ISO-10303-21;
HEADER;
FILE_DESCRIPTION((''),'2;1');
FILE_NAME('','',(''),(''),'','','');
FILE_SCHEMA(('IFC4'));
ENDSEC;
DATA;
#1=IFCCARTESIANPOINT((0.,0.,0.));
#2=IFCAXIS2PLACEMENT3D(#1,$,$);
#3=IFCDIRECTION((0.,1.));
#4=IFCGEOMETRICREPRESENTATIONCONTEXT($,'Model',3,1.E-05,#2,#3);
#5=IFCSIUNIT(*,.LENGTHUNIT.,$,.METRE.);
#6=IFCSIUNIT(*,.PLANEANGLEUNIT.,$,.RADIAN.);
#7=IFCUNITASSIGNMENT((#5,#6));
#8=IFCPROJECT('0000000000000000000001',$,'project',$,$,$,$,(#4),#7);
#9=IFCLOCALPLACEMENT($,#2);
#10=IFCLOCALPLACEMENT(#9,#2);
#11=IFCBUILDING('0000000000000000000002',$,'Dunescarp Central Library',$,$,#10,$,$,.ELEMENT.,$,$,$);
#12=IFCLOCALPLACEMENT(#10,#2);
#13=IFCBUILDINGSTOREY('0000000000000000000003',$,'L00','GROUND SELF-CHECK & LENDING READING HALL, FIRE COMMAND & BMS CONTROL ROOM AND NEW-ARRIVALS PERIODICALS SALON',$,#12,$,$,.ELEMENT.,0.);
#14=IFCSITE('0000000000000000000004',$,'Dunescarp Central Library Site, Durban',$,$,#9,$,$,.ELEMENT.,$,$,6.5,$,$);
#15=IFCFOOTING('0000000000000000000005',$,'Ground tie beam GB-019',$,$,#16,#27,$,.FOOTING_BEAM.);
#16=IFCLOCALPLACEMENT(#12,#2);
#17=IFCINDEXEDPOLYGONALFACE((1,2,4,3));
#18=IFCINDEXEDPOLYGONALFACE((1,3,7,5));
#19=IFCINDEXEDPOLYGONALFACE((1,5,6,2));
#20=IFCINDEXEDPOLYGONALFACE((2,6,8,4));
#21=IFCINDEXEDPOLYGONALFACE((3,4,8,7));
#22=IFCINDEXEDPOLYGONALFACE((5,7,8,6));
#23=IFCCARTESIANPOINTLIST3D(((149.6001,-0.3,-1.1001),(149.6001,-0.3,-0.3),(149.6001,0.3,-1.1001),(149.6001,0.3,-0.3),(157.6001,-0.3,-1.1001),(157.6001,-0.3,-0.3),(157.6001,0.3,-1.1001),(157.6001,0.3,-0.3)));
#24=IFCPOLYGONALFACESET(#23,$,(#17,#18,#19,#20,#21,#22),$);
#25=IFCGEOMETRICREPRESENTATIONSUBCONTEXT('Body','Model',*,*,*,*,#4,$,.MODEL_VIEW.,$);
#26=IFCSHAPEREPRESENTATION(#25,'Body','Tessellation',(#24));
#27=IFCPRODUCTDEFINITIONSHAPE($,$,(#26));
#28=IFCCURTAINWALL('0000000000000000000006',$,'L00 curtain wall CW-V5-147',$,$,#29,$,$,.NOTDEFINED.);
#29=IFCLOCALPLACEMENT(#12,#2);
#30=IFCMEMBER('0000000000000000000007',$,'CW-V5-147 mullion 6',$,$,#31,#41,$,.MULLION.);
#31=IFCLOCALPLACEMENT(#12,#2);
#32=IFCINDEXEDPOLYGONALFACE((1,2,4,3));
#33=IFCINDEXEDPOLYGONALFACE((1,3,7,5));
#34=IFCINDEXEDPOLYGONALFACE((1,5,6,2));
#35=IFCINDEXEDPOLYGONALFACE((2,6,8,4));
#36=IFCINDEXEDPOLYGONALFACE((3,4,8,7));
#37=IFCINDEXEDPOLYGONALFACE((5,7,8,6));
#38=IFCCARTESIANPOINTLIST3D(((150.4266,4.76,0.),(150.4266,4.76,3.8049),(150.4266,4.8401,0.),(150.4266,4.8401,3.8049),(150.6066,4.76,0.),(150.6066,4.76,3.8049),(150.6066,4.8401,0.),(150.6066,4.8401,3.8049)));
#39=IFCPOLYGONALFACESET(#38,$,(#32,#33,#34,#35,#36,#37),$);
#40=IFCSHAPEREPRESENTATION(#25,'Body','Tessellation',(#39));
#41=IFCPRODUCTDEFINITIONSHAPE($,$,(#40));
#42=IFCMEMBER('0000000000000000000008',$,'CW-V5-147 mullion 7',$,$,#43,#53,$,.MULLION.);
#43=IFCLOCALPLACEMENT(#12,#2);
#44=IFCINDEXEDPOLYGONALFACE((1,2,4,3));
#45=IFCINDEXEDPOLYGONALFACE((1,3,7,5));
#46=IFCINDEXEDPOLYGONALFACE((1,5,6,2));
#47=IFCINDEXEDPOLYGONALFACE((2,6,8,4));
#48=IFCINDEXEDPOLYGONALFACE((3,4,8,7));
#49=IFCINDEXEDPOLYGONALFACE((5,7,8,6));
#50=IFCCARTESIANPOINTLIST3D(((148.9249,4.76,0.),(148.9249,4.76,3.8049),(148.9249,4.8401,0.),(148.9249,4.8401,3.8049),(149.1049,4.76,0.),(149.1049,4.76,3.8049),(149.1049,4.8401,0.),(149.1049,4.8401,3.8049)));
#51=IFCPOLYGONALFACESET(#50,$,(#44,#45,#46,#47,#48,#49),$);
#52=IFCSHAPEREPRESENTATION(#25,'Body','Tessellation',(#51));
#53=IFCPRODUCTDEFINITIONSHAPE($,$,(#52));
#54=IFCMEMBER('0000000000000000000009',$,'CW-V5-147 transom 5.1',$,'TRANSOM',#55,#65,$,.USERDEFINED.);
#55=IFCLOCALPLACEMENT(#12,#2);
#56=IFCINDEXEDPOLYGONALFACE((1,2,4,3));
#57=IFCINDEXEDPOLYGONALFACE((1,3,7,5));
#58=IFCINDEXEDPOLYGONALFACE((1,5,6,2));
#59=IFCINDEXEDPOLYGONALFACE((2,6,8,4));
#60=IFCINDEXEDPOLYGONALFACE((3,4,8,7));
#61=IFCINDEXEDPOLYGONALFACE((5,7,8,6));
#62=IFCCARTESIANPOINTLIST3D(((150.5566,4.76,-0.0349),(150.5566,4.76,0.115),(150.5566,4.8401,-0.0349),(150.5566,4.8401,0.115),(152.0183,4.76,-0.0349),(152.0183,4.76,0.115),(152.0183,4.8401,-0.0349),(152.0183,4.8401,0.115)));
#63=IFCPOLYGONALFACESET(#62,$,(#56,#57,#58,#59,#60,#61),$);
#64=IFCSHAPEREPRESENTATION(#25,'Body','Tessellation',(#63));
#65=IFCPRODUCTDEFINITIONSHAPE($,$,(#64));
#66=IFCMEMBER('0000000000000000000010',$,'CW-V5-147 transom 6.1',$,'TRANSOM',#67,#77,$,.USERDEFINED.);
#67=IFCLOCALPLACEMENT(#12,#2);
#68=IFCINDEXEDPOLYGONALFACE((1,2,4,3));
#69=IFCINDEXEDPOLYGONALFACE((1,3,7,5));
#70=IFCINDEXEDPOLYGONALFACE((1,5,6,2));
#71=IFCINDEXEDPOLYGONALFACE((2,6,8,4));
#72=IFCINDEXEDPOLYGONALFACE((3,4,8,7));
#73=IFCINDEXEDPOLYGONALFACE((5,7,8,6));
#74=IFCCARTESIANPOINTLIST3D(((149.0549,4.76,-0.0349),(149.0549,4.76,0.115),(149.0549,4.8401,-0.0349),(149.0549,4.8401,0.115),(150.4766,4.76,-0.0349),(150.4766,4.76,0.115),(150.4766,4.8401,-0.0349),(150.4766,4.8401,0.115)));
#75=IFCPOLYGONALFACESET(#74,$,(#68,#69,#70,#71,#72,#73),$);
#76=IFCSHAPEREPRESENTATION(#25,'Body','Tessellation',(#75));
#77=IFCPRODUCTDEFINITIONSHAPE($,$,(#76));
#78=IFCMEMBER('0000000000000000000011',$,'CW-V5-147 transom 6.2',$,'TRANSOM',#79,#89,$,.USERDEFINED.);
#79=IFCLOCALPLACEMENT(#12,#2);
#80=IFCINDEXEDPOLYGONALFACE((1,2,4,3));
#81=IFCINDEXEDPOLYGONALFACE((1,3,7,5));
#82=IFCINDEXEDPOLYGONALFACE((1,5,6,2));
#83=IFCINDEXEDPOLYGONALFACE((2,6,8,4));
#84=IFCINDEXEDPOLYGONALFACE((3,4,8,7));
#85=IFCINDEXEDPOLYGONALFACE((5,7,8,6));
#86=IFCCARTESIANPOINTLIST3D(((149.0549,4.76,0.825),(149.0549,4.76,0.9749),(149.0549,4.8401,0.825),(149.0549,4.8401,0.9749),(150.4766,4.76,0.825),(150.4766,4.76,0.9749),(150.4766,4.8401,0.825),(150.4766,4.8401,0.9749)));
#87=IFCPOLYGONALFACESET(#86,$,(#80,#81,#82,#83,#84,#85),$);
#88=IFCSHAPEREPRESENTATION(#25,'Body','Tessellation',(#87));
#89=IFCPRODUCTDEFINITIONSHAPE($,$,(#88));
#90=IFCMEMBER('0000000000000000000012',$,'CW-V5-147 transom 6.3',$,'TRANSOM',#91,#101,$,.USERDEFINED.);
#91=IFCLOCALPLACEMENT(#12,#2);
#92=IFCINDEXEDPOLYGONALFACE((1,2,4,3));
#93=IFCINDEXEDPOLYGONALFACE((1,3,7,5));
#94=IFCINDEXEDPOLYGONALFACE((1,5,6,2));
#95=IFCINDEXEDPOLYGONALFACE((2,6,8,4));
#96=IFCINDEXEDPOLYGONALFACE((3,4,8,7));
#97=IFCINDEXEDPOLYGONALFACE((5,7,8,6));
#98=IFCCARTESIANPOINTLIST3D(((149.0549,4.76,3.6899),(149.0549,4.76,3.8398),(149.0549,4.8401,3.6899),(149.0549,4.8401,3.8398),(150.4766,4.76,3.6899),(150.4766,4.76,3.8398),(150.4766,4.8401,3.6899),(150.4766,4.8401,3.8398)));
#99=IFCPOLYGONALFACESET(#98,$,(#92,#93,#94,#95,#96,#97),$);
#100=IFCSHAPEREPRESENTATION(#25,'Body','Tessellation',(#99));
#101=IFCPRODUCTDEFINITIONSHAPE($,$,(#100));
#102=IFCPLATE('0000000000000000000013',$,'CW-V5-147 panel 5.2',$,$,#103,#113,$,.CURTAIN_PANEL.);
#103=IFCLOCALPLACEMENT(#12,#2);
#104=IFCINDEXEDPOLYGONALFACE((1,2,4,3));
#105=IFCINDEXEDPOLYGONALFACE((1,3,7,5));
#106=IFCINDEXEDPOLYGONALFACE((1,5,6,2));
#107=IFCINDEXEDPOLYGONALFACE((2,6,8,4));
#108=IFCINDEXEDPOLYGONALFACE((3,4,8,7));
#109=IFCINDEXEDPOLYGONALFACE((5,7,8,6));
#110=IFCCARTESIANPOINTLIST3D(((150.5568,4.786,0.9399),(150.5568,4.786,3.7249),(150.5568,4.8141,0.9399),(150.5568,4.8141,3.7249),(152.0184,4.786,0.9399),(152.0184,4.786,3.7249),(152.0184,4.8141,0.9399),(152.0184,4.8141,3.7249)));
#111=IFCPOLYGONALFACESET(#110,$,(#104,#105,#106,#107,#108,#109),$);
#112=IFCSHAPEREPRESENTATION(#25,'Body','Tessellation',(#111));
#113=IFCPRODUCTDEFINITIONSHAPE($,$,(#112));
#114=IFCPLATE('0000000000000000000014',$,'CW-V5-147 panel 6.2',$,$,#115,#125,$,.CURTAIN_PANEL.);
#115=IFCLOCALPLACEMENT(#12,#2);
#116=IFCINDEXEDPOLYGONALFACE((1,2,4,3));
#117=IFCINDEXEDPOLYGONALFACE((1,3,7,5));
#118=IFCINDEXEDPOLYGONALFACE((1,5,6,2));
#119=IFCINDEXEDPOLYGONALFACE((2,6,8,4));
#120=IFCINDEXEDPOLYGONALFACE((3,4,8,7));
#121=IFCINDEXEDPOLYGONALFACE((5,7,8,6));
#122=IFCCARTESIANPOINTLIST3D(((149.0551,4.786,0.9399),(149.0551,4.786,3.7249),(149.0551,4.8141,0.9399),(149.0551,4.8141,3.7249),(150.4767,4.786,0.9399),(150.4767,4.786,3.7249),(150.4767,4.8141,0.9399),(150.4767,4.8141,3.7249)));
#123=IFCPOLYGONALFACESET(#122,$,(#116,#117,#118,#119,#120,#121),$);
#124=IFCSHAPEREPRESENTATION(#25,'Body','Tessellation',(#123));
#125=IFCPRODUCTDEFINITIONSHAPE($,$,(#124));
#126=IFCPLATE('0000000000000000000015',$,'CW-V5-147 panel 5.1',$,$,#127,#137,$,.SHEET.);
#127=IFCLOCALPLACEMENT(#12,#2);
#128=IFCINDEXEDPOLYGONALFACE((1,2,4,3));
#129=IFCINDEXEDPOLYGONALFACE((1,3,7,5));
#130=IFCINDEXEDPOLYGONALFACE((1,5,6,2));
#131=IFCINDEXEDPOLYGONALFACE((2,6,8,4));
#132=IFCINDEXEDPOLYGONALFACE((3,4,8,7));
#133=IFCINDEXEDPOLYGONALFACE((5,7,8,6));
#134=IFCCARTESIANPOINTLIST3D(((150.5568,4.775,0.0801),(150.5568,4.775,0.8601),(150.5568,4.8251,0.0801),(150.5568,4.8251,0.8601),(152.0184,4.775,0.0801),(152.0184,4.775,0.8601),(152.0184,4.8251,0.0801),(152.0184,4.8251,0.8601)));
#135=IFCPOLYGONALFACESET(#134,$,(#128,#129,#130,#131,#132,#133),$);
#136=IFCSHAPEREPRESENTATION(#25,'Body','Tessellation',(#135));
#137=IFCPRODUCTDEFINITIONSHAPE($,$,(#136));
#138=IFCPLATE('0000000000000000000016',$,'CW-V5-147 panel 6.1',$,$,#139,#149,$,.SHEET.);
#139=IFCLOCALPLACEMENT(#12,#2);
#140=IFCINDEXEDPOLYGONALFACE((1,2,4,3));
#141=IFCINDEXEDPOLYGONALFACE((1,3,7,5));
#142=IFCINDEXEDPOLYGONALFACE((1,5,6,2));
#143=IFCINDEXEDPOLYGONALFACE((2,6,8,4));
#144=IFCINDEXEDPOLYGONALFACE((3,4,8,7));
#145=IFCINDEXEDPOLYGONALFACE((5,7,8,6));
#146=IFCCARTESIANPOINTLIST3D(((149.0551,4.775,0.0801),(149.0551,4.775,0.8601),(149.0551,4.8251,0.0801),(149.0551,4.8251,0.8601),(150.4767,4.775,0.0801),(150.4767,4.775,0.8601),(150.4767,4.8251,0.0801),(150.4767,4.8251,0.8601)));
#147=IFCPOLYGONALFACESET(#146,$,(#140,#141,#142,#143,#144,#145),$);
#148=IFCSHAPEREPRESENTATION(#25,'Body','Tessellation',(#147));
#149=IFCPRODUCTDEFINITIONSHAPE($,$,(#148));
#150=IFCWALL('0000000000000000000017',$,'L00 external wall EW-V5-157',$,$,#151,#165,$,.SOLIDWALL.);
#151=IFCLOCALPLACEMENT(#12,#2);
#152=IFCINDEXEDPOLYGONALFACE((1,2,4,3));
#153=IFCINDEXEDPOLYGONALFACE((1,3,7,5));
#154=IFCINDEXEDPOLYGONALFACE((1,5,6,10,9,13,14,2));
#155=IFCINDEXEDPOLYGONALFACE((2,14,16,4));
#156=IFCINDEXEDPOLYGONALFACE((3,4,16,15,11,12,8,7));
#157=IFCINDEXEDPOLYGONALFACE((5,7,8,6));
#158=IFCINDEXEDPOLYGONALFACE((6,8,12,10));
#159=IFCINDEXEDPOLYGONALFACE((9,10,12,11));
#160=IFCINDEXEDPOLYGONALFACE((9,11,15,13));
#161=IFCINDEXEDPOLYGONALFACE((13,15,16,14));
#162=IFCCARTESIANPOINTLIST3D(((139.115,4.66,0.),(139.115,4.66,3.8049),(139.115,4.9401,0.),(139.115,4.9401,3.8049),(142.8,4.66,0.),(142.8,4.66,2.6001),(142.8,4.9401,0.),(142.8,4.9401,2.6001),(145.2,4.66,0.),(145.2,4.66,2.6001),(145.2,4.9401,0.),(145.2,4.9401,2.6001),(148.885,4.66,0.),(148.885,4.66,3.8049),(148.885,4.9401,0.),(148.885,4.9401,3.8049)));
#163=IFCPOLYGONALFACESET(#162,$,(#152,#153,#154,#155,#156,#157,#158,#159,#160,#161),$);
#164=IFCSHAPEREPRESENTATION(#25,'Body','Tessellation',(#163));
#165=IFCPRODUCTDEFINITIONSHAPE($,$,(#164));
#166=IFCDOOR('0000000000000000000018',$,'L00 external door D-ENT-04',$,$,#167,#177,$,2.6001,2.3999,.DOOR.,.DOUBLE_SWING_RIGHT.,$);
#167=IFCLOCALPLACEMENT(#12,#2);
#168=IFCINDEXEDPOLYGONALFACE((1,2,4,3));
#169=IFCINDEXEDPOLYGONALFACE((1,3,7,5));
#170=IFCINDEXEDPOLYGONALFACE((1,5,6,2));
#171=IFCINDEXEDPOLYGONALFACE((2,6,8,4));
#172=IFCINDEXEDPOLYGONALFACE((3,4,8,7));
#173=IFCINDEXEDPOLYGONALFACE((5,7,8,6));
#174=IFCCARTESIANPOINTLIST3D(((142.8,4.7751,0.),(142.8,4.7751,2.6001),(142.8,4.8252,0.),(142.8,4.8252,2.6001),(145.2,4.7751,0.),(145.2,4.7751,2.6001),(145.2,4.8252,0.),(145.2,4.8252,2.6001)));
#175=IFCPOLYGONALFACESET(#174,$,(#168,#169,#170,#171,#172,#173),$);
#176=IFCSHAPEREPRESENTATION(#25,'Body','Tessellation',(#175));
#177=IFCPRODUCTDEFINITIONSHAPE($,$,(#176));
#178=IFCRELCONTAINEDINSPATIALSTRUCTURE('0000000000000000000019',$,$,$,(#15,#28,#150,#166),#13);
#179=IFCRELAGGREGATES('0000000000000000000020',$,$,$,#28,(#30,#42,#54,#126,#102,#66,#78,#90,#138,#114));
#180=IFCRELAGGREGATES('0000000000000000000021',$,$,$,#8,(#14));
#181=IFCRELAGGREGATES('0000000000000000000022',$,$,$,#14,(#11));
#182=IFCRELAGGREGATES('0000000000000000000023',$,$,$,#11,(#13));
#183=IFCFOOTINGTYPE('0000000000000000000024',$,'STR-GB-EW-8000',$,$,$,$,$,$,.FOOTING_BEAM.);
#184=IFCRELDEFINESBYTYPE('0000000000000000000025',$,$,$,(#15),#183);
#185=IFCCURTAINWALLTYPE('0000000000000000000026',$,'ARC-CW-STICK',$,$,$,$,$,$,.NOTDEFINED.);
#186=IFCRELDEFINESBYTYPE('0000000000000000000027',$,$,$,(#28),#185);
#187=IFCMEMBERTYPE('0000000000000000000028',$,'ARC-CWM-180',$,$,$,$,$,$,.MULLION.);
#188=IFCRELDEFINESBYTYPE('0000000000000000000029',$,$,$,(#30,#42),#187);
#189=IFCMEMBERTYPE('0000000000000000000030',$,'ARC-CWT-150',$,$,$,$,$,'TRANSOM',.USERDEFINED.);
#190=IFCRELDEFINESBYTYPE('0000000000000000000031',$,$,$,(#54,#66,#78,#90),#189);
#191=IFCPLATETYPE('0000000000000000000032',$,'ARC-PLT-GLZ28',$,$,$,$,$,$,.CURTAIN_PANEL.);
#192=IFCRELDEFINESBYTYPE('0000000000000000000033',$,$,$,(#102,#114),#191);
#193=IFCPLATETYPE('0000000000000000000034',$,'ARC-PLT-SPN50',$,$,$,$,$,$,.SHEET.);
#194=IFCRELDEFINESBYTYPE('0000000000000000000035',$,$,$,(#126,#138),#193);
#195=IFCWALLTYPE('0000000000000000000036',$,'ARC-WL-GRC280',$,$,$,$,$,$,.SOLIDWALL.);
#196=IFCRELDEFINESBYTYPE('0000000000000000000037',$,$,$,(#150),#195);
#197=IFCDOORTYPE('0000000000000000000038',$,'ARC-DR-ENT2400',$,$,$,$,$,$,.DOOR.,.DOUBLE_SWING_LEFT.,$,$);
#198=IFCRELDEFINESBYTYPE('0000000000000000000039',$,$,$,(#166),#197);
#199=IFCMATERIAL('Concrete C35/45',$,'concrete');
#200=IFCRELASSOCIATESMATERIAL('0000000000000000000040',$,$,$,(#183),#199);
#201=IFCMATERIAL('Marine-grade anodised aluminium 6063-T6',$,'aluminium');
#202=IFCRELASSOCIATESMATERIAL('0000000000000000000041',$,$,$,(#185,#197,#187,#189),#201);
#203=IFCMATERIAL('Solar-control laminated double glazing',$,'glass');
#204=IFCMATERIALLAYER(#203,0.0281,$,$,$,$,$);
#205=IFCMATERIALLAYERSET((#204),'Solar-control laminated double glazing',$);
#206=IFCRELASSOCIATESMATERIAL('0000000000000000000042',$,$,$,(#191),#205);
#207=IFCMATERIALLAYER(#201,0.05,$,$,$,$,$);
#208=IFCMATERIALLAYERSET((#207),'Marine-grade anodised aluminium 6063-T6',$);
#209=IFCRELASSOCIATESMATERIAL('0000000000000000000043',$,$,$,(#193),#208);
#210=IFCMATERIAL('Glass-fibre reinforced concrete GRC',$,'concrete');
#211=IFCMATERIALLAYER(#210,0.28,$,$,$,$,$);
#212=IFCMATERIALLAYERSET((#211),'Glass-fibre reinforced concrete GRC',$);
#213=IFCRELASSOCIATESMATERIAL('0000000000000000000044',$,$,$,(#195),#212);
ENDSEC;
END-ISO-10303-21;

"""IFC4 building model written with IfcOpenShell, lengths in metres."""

from ifc_helpers import new_model, si_unit, direction, frame, frame_2d, origin, origin_2d, place, context, subcontext, project, spatial, rectangle, extrude, material, layer, layer_set, material_profile, profile_set, type_object, element, fill, aggregate, save


model = new_model("IFC4")

# Units and contexts
model_context = context("Model", 3, precision=1e-05, world=origin(), true_north=direction((0.0, 1.0)))
body_context = subcontext(model_context, "Body", "Model", "MODEL_VIEW")
ifc_project = project(units=[si_unit("LENGTHUNIT", "METRE"), si_unit("PLANEANGLEUNIT", "RADIAN")], contexts=[model_context])

# Site, building, storey
site_placement = place(None, origin())
site = spatial("IfcSite", under=ifc_project, at=site_placement, Name="Dunescarp Central Library Site, Durban", CompositionType="ELEMENT", RefElevation=6.5)
building_placement = place(site_placement, origin())
building = spatial("IfcBuilding", under=site, at=building_placement, Name="Dunescarp Central Library", CompositionType="ELEMENT")
storey_placement = place(building_placement, origin())
storey = spatial("IfcBuildingStorey", under=building, at=storey_placement, Name="L00", Description="GROUND SELF-CHECK & LENDING READING HALL, FIRE COMMAND & BMS CONTROL ROOM AND NEW-ARRIVALS PERIODICALS SALON", CompositionType="ELEMENT", Elevation=0.0)

# Footing
ifc_material_1 = material(Name="Concrete C35/45", Category="concrete")
footing_type = type_object("IfcFootingType", Name="STR-GB-EW-8000", PredefinedType="FOOTING_BEAM", material=ifc_material_1)
footing_placement = place(storey_placement, frame((153.6001, 0.0, -1.1001), z_axis=(0.0, 0.0, 1.0), x_axis=(1.0, 0.0, 0.0)))
element("IfcFooting", 1, at=footing_placement, inside=storey, type_object=footing_type, Name="Ground tie beam GB-019", PredefinedType="FOOTING_BEAM", context=body_context, shape_type="SweptSolid", body=[
    extrude(rectangle(XDim=8.0, YDim=0.6001, at=origin_2d()), origin(), (0.0, 0.0, 1.0), 0.8),
])

# Curtain wall, members, plates
ifc_material_2 = material(Name="Marine-grade anodised aluminium 6063-T6", Category="aluminium")
curtain_wall_type = type_object("IfcCurtainWallType", Name="ARC-CW-STICK", PredefinedType="NOTDEFINED", material=ifc_material_2)
curtain_wall_placement = place(storey_placement, origin())
curtain_wall = element("IfcCurtainWall", 2, at=curtain_wall_placement, inside=storey, type_object=curtain_wall_type, Name="L00 curtain wall CW-V5-147", PredefinedType="NOTDEFINED")
ifc_material_profile_1 = material_profile(ifc_material_2, rectangle(XDim=0.0801, YDim=0.1799, at=origin_2d()), Name="AL 80x180")
ifc_profile_set_1 = profile_set([ifc_material_profile_1], Name="Marine-grade anodised aluminium 6063-T6")
member_type_1 = type_object("IfcMemberType", Name="ARC-CWM-180", PredefinedType="MULLION", material=ifc_profile_set_1)
member_1_placement = place(storey_placement, frame((150.5166, 4.8, 0.0), z_axis=(0.0, 0.0, 1.0), x_axis=(0.0, -1.0, 0.0)))
member_1 = element("IfcMember", 3, at=member_1_placement, type_object=member_type_1, Name="CW-V5-147 mullion 6", PredefinedType="MULLION", context=body_context, shape_type="SweptSolid", body=[
    extrude(rectangle(XDim=0.0801, YDim=0.1799, at=origin_2d()), origin(), (0.0, 0.0, 1.0), 3.8049),
])
member_2_placement = place(storey_placement, frame((149.0149, 4.8, 0.0), z_axis=(0.0, 0.0, 1.0), x_axis=(0.0, -1.0, 0.0)))
member_2 = element("IfcMember", 4, at=member_2_placement, type_object=member_type_1, Name="CW-V5-147 mullion 7", PredefinedType="MULLION", context=body_context, shape_type="SweptSolid", body=[
    extrude(rectangle(XDim=0.0801, YDim=0.1799, at=origin_2d()), origin(), (0.0, 0.0, 1.0), 3.8049),
])
ifc_material_profile_2 = material_profile(ifc_material_2, rectangle(XDim=0.0801, YDim=0.1499, at=origin_2d()), Name="AL 80x150")
ifc_profile_set_2 = profile_set([ifc_material_profile_2], Name="Marine-grade anodised aluminium 6063-T6")
member_type_2 = type_object("IfcMemberType", Name="ARC-CWT-150", ElementType="TRANSOM", PredefinedType="USERDEFINED", material=ifc_profile_set_2)
member_3_placement = place(storey_placement, frame((152.0183, 4.8, 0.04), z_axis=(-1.0, 0.0, 0.0), x_axis=(0.0, -1.0, 0.0)))
member_3 = element("IfcMember", 5, at=member_3_placement, type_object=member_type_2, Name="CW-V5-147 transom 5.1", ObjectType="TRANSOM", PredefinedType="USERDEFINED", context=body_context, shape_type="SweptSolid", body=[
    extrude(rectangle(XDim=0.0801, YDim=0.1499, at=origin_2d()), origin(), (0.0, 0.0, 1.0), 1.4617),
])
member_4_placement = place(storey_placement, frame((150.4766, 4.8, 0.04), z_axis=(-1.0, 0.0, 0.0), x_axis=(0.0, -1.0, 0.0)))
member_4 = element("IfcMember", 6, at=member_4_placement, type_object=member_type_2, Name="CW-V5-147 transom 6.1", ObjectType="TRANSOM", PredefinedType="USERDEFINED", context=body_context, shape_type="SweptSolid", body=[
    extrude(rectangle(XDim=0.0801, YDim=0.1499, at=origin_2d()), origin(), (0.0, 0.0, 1.0), 1.4216),
])
member_5_placement = place(storey_placement, frame((150.4766, 4.8, 0.8999), z_axis=(-1.0, 0.0, 0.0), x_axis=(0.0, -1.0, 0.0)))
member_5 = element("IfcMember", 7, at=member_5_placement, type_object=member_type_2, Name="CW-V5-147 transom 6.2", ObjectType="TRANSOM", PredefinedType="USERDEFINED", context=body_context, shape_type="SweptSolid", body=[
    extrude(rectangle(XDim=0.0801, YDim=0.1499, at=origin_2d()), origin(), (0.0, 0.0, 1.0), 1.4216),
])
member_6_placement = place(storey_placement, frame((150.4766, 4.8, 3.7649), z_axis=(-1.0, 0.0, 0.0), x_axis=(0.0, -1.0, 0.0)))
member_6 = element("IfcMember", 8, at=member_6_placement, type_object=member_type_2, Name="CW-V5-147 transom 6.3", ObjectType="TRANSOM", PredefinedType="USERDEFINED", context=body_context, shape_type="SweptSolid", body=[
    extrude(rectangle(XDim=0.0801, YDim=0.1499, at=origin_2d()), origin(), (0.0, 0.0, 1.0), 1.4216),
])
ifc_material_3 = material(Name="Solar-control laminated double glazing", Category="glass")
ifc_layer_1 = layer(ifc_material_3, 0.0281)
ifc_layer_set_1 = layer_set([ifc_layer_1], Name="Solar-control laminated double glazing")
plate_type_1 = type_object("IfcPlateType", Name="ARC-PLT-GLZ28", PredefinedType="CURTAIN_PANEL", material=ifc_layer_set_1)
plate_1_placement = place(storey_placement, frame((151.2876, 4.8, 0.9399), z_axis=(0.0, 0.0, 1.0), x_axis=(-1.0, 0.0, 0.0)))
plate_1 = element("IfcPlate", 9, at=plate_1_placement, type_object=plate_type_1, Name="CW-V5-147 panel 5.2", PredefinedType="CURTAIN_PANEL", context=body_context, shape_type="SweptSolid", body=[
    extrude(rectangle(XDim=1.4617, YDim=0.0281, at=origin_2d()), origin(), (0.0, 0.0, 1.0), 2.7849),
])
plate_2_placement = place(storey_placement, frame((149.7659, 4.8, 0.9399), z_axis=(0.0, 0.0, 1.0), x_axis=(-1.0, 0.0, 0.0)))
plate_2 = element("IfcPlate", 10, at=plate_2_placement, type_object=plate_type_1, Name="CW-V5-147 panel 6.2", PredefinedType="CURTAIN_PANEL", context=body_context, shape_type="SweptSolid", body=[
    extrude(rectangle(XDim=1.4216, YDim=0.0281, at=origin_2d()), origin(), (0.0, 0.0, 1.0), 2.7849),
])
ifc_layer_2 = layer(ifc_material_2, 0.05)
ifc_layer_set_2 = layer_set([ifc_layer_2], Name="Marine-grade anodised aluminium 6063-T6")
plate_type_2 = type_object("IfcPlateType", Name="ARC-PLT-SPN50", PredefinedType="SHEET", material=ifc_layer_set_2)
plate_3_placement = place(storey_placement, frame((151.2876, 4.8, 0.0801), z_axis=(0.0, 0.0, 1.0), x_axis=(-1.0, 0.0, 0.0)))
plate_3 = element("IfcPlate", 11, at=plate_3_placement, type_object=plate_type_2, Name="CW-V5-147 panel 5.1", PredefinedType="SHEET", context=body_context, shape_type="SweptSolid", body=[
    extrude(rectangle(XDim=1.4617, YDim=0.05, at=origin_2d()), origin(), (0.0, 0.0, 1.0), 0.78),
])
plate_4_placement = place(storey_placement, frame((149.7659, 4.8, 0.0801), z_axis=(0.0, 0.0, 1.0), x_axis=(-1.0, 0.0, 0.0)))
plate_4 = element("IfcPlate", 12, at=plate_4_placement, type_object=plate_type_2, Name="CW-V5-147 panel 6.1", PredefinedType="SHEET", context=body_context, shape_type="SweptSolid", body=[
    extrude(rectangle(XDim=1.4216, YDim=0.05, at=origin_2d()), origin(), (0.0, 0.0, 1.0), 0.78),
])
aggregate(curtain_wall, [member_1, member_2, member_3, plate_3, plate_1, member_4, member_5, member_6, plate_4, plate_2])

# Wall, opening, door
ifc_material_4 = material(Name="Glass-fibre reinforced concrete GRC", Category="concrete")
ifc_layer_3 = layer(ifc_material_4, 0.28)
ifc_layer_set_3 = layer_set([ifc_layer_3], Name="Glass-fibre reinforced concrete GRC")
wall_type = type_object("IfcWallType", Name="ARC-WL-GRC280", PredefinedType="SOLIDWALL", material=ifc_layer_set_3)
wall_placement = place(storey_placement, frame((148.885, 4.8, 0.0), z_axis=(0.0, 0.0, 1.0), x_axis=(-1.0, 0.0, 0.0)))
wall = element("IfcWall", 13, at=wall_placement, inside=storey, type_object=wall_type, Name="L00 external wall EW-V5-157", PredefinedType="SOLIDWALL", context=body_context, shape_type="SweptSolid", body=[
    extrude(rectangle(XDim=9.77, YDim=0.28, at=frame_2d((4.885, 0.0))), origin(), (0.0, 0.0, 1.0), 3.8049),
])
opening_placement = place(wall_placement, frame((3.6851, 0.0, 0.0)))
opening = element("IfcOpeningElement", 14, at=opening_placement, cuts=wall, PredefinedType="OPENING", context=body_context, shape_type="SweptSolid", body=[
    extrude(rectangle(XDim=2.3999, YDim=2.6001, at=frame_2d((1.2, 1.3))), frame((0.0, 0.1499, 0.0), z_axis=(0.0, -1.0, 0.0), x_axis=(1.0, 0.0, 0.0)), (0.0, 0.0, 1.0), 0.3),
])
door_type = type_object("IfcDoorType", Name="ARC-DR-ENT2400", OperationType="DOUBLE_SWING_LEFT", PredefinedType="DOOR", material=ifc_material_2)
door_placement = place(opening_placement, origin())
door = element("IfcDoor", 15, at=door_placement, inside=storey, type_object=door_type, Name="L00 external door D-ENT-04", OperationType="DOUBLE_SWING_RIGHT", OverallHeight=2.6001, OverallWidth=2.3999, PredefinedType="DOOR", context=body_context, shape_type="SweptSolid", body=[
    extrude(rectangle(XDim=2.3999, YDim=2.6001, at=frame_2d((1.2, 1.3))), frame((0.0, 0.0249, 0.0), z_axis=(0.0, -1.0, 0.0), x_axis=(1.0, 0.0, 0.0)), (0.0, 0.0, 1.0), 0.05),
])
fill(opening, door)

save(model, "model.ifc")
